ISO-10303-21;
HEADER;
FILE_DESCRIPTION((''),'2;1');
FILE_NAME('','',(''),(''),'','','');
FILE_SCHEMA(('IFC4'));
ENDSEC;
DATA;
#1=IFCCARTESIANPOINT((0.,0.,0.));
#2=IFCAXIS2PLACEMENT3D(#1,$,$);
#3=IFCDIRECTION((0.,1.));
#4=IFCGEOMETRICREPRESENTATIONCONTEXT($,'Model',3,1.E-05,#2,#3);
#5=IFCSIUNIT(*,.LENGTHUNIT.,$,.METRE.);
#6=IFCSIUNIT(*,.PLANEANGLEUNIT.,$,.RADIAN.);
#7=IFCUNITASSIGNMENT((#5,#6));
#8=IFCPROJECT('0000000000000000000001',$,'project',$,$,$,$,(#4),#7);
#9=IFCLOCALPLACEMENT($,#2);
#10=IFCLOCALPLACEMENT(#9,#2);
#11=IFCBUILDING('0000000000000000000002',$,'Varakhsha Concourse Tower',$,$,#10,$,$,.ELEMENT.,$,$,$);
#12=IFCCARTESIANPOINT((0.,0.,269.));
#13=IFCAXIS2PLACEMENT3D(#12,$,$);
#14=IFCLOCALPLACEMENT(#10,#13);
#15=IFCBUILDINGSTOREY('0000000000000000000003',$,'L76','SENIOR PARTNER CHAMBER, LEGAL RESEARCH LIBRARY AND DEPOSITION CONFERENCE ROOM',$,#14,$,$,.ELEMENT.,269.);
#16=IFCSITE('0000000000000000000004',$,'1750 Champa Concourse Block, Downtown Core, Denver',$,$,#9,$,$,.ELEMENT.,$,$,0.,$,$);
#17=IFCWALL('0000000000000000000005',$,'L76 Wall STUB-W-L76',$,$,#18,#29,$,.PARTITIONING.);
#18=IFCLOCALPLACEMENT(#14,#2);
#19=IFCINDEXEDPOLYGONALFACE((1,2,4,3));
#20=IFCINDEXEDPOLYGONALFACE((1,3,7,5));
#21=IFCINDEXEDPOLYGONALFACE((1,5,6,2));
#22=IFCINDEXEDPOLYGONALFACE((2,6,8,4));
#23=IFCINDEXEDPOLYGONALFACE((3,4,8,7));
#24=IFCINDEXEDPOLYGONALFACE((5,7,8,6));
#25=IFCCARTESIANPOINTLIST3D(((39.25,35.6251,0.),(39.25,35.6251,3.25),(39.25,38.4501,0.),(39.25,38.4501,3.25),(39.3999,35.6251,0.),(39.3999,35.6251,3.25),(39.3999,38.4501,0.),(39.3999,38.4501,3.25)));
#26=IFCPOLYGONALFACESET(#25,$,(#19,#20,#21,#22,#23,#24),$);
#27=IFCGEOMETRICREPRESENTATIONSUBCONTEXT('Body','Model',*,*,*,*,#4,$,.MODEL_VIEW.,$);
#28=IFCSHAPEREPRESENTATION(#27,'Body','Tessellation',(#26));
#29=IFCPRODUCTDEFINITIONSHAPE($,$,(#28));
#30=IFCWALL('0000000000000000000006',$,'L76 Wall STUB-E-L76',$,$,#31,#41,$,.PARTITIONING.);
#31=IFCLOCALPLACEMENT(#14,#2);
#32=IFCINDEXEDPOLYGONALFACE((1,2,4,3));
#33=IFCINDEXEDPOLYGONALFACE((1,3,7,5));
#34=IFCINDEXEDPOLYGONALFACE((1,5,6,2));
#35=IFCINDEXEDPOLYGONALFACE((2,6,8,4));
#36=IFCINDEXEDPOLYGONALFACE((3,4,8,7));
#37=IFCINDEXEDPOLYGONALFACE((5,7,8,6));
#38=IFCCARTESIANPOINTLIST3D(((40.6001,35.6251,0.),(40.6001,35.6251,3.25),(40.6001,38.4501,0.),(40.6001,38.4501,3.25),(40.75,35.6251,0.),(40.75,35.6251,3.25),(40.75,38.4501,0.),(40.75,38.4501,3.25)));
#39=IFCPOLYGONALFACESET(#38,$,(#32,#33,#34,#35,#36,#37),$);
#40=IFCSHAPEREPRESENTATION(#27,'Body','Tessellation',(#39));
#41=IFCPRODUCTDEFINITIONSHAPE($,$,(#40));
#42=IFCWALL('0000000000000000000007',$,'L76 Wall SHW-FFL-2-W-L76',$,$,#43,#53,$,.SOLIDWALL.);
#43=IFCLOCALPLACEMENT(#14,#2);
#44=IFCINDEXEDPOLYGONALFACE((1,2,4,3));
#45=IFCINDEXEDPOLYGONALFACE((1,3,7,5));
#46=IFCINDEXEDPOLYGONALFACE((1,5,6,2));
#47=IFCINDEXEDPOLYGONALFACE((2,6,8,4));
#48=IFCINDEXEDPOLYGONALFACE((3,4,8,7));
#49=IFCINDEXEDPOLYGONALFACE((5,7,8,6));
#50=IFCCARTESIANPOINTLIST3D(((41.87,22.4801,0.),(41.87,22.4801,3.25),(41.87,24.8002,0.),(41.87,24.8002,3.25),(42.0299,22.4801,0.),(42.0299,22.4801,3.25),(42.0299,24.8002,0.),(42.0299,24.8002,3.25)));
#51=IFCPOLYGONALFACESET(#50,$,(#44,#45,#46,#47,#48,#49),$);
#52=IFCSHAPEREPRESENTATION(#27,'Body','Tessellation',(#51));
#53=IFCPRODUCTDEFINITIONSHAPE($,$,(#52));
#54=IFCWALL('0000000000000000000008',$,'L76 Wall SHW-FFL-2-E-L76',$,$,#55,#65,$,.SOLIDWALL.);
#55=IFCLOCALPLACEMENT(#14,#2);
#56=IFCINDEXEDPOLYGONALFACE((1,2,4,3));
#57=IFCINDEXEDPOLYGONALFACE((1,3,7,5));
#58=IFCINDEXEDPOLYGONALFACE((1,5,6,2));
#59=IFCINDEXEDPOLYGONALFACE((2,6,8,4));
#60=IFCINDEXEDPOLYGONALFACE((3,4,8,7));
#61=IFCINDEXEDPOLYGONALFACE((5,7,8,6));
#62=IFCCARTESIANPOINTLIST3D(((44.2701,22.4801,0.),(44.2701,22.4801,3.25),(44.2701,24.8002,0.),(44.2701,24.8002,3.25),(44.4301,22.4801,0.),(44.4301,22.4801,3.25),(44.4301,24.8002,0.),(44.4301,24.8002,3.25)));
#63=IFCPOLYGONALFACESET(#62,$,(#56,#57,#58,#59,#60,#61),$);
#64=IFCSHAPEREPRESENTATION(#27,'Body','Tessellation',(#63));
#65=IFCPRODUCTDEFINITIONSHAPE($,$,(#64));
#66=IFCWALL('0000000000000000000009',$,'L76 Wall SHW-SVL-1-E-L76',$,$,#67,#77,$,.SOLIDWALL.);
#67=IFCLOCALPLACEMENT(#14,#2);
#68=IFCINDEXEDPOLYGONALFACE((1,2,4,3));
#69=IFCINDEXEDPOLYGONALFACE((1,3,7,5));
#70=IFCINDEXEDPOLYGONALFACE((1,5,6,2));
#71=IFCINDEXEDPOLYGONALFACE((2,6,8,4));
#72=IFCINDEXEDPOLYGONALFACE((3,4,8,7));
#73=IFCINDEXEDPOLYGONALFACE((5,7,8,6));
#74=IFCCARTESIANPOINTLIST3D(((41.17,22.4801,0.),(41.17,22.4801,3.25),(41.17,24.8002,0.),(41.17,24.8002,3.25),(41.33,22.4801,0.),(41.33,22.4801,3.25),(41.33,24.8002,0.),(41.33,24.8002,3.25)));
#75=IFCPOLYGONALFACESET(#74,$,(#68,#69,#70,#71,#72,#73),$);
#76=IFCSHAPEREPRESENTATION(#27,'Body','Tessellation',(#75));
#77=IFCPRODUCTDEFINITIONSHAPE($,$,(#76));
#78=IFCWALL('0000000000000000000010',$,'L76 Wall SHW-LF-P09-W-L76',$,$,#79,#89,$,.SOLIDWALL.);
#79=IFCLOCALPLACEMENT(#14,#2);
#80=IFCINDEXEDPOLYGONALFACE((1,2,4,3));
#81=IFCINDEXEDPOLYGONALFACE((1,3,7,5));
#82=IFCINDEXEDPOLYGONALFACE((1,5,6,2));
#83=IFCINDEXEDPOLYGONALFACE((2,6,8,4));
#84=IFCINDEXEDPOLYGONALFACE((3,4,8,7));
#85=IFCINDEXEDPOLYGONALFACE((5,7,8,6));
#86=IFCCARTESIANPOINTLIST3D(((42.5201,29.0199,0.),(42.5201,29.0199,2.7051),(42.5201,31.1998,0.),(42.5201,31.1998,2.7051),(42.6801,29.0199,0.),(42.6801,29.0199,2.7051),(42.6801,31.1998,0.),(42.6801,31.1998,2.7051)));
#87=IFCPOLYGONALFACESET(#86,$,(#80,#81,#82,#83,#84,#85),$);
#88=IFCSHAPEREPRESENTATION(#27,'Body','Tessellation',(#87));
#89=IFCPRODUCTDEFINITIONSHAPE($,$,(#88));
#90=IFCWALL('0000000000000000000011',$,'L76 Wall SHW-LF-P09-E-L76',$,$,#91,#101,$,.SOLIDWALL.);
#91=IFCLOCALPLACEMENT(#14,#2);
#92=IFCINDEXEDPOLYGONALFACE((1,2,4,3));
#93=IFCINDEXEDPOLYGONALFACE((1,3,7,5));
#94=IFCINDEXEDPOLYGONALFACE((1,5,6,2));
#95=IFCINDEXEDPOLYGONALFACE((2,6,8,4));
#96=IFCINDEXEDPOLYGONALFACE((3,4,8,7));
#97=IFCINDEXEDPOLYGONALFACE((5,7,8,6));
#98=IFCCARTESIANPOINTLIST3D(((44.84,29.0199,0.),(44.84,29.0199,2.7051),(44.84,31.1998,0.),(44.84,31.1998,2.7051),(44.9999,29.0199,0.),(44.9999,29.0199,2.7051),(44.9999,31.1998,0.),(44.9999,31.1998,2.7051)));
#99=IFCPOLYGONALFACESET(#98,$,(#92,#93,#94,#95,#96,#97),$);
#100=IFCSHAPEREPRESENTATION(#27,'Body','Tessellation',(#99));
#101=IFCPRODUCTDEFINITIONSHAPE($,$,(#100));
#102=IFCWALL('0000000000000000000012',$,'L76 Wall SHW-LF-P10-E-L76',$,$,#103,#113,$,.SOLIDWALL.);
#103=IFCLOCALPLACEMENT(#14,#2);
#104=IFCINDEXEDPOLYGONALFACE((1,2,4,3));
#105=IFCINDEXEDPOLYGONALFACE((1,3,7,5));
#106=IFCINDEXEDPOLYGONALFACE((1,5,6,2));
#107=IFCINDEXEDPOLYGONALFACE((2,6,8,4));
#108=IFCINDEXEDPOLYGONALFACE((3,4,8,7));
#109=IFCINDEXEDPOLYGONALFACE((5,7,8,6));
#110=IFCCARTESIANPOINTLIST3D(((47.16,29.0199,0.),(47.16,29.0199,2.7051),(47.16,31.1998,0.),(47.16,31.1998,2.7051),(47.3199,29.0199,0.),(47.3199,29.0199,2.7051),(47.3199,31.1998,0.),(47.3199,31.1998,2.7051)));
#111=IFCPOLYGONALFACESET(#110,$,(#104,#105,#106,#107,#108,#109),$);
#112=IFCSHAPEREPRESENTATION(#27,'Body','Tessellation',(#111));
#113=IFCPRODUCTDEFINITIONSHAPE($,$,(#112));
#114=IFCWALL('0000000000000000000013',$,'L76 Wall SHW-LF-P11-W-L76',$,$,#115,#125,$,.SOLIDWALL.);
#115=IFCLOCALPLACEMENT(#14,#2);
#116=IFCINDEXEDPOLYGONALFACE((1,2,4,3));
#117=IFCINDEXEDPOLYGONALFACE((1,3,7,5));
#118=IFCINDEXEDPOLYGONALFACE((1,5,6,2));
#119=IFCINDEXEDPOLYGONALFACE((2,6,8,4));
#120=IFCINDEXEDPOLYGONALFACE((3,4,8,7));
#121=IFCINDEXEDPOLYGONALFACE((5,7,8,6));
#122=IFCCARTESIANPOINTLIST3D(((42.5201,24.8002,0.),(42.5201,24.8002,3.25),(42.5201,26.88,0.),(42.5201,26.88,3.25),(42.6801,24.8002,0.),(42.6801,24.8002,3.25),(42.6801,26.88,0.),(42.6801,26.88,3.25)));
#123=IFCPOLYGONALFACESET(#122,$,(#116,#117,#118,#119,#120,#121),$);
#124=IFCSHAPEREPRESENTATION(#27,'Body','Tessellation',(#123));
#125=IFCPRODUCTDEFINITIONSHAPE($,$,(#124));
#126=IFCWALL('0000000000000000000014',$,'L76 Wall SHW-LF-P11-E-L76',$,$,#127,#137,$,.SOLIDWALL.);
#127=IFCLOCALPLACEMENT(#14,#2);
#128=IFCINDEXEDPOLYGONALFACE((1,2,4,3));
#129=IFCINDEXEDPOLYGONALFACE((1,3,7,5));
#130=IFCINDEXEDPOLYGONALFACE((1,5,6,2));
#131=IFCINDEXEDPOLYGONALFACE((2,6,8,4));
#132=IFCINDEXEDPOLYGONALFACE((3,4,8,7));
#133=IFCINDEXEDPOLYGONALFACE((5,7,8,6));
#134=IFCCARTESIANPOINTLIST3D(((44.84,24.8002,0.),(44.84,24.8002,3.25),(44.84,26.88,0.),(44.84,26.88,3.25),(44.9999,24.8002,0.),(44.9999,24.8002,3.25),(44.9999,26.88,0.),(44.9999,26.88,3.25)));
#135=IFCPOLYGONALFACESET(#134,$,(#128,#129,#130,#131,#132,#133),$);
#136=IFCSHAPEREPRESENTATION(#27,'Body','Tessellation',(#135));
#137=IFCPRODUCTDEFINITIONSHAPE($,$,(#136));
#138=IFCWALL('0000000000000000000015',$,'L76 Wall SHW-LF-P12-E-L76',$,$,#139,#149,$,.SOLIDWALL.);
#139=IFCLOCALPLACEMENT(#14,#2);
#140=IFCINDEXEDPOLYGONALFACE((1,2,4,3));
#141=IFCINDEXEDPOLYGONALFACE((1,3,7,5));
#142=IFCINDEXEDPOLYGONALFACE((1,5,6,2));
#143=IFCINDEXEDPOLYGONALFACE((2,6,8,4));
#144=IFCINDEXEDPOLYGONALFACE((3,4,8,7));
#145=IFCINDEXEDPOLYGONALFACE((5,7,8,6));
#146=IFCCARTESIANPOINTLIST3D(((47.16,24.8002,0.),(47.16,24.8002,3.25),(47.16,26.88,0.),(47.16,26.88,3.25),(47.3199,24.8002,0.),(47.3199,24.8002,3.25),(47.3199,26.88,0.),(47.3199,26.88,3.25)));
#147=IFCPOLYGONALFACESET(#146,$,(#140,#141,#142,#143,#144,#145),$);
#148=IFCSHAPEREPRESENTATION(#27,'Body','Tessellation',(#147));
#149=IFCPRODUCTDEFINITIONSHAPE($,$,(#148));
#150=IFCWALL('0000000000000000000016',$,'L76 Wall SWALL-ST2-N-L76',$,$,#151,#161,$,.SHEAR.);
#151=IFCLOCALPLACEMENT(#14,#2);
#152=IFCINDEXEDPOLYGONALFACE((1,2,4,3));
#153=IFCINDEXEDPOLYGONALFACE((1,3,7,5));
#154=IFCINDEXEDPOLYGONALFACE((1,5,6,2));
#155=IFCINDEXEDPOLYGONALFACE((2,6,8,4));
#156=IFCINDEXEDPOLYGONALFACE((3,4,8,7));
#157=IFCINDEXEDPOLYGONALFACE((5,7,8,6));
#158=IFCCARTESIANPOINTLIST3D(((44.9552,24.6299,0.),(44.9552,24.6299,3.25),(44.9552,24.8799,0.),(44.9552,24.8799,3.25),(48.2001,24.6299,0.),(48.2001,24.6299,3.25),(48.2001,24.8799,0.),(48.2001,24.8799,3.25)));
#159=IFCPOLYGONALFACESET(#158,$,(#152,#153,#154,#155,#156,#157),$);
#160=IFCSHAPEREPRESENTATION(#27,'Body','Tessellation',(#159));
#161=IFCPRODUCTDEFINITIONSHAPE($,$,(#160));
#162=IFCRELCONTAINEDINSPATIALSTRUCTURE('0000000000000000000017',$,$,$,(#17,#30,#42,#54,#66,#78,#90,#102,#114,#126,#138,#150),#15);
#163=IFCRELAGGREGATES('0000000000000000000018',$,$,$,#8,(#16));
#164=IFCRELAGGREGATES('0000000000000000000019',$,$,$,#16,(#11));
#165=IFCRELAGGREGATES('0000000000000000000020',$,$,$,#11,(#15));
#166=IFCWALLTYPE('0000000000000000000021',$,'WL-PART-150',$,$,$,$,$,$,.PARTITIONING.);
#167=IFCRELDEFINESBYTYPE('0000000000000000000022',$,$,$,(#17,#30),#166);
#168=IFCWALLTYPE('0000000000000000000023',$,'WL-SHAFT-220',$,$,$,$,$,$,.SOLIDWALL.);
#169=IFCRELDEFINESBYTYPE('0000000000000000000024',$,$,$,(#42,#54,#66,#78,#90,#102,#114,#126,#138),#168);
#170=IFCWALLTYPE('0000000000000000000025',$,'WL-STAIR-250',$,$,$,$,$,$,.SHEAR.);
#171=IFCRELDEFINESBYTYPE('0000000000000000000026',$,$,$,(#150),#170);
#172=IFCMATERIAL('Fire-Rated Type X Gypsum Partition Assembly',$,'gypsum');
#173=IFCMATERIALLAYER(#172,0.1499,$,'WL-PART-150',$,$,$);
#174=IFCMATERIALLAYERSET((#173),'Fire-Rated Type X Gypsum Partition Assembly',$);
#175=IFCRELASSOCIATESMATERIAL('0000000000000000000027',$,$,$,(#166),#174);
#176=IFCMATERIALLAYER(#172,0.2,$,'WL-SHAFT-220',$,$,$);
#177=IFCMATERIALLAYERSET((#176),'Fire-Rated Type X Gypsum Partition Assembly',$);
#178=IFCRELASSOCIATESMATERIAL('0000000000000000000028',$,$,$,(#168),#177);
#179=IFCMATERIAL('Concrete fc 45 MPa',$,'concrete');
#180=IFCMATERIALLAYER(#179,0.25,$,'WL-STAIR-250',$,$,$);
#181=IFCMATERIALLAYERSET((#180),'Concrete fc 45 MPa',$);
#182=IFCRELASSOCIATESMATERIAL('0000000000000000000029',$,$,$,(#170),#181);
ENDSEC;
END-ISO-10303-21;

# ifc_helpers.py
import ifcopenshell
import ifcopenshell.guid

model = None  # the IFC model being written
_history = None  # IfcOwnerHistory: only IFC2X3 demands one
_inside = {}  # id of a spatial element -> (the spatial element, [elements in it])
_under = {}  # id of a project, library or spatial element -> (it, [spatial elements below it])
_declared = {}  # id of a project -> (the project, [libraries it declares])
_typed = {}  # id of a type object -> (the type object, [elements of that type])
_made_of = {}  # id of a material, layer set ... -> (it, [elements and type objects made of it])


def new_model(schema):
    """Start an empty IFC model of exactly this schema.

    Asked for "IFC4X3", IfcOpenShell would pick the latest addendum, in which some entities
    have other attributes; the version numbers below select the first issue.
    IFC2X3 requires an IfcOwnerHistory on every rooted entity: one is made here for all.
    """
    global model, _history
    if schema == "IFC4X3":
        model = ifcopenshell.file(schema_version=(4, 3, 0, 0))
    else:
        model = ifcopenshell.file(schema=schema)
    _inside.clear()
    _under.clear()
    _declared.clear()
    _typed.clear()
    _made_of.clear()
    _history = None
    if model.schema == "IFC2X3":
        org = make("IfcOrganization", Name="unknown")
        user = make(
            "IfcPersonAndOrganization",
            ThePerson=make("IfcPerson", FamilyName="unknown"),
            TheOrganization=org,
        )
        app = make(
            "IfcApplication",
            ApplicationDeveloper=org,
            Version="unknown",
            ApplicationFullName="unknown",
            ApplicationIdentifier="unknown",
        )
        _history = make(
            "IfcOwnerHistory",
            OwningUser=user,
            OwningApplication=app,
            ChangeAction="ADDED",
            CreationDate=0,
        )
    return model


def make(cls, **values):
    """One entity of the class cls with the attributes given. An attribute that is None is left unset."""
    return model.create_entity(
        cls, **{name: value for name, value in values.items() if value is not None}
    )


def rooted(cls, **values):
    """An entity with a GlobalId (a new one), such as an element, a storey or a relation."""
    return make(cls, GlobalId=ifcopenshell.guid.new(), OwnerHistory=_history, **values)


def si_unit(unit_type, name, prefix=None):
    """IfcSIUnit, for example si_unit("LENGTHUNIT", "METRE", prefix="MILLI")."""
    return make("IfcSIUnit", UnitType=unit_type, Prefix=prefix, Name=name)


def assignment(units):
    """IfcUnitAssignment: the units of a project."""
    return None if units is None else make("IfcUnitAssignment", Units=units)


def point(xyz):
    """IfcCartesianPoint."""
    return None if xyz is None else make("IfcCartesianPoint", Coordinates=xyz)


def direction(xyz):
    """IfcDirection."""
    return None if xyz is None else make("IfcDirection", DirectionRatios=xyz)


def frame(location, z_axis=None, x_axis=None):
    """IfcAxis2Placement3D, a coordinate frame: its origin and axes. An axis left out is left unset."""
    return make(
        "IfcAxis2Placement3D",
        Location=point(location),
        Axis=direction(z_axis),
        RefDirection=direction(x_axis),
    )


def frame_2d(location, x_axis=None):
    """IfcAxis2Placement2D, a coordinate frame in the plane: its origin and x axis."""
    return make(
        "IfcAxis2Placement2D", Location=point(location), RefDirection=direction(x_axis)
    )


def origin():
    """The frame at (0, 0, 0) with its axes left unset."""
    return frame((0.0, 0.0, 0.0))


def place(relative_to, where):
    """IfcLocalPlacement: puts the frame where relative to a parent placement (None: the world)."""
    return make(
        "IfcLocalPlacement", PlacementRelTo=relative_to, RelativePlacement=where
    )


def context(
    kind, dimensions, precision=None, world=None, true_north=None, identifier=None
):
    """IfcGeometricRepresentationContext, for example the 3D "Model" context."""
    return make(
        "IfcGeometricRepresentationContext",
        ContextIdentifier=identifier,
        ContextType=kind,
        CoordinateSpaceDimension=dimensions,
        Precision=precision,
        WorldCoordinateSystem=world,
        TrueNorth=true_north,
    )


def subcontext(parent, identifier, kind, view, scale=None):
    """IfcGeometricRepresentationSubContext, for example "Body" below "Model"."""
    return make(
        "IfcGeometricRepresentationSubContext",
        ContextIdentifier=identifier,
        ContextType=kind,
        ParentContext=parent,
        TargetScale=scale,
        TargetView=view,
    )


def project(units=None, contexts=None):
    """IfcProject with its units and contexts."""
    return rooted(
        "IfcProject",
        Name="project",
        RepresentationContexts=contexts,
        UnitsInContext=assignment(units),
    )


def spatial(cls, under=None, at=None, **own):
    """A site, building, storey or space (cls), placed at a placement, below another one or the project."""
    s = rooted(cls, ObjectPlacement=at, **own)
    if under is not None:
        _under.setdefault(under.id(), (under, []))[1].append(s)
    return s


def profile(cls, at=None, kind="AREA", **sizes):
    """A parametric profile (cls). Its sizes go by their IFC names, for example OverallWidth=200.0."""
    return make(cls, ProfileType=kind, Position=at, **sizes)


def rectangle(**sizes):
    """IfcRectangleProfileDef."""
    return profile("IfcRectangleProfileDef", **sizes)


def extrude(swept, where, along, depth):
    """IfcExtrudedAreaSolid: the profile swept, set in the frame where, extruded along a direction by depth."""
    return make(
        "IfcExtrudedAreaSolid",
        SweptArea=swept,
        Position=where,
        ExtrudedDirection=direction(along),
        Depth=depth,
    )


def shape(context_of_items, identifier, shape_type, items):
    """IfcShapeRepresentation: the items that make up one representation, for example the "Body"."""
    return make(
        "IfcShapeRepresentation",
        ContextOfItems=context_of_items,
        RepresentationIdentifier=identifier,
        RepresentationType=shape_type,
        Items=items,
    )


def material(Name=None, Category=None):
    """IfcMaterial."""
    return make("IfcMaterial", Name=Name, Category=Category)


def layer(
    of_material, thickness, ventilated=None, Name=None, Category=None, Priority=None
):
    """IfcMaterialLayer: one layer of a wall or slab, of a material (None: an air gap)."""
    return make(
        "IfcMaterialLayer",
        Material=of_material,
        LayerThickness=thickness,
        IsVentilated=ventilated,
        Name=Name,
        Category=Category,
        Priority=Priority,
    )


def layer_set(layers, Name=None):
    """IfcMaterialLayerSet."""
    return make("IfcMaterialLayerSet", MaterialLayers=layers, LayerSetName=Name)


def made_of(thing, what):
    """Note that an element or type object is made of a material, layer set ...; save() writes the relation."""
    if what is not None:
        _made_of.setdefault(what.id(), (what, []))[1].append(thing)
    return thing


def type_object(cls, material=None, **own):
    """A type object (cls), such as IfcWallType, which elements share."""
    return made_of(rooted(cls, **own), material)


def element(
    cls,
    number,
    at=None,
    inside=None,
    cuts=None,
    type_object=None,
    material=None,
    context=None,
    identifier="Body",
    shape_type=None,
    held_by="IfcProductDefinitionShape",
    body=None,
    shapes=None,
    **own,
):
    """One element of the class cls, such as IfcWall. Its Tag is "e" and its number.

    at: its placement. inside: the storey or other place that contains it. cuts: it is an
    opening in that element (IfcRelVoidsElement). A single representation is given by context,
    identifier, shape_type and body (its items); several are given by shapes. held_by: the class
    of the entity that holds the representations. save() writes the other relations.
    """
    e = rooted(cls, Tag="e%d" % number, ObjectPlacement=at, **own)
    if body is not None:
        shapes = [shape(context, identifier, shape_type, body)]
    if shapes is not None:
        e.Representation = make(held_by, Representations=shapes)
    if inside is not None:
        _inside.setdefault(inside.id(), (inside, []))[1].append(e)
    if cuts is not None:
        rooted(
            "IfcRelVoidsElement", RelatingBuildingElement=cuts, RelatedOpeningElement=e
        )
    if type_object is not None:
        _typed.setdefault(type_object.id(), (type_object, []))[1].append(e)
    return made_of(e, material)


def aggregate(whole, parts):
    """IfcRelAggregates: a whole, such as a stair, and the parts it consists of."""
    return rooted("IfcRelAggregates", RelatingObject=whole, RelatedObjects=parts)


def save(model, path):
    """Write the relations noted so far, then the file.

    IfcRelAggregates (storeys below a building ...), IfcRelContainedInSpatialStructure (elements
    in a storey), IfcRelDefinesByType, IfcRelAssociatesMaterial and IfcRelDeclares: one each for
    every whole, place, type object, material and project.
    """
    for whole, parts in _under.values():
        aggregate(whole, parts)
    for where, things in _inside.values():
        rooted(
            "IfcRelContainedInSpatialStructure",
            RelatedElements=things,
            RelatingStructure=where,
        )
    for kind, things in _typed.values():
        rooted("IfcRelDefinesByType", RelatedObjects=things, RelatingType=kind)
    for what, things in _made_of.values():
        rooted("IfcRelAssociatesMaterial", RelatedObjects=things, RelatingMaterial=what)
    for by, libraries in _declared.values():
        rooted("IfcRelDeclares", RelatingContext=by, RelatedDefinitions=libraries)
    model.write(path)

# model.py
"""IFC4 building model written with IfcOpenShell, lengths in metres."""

from ifc_helpers import new_model, si_unit, direction, frame, frame_2d, origin, place, context, subcontext, project, spatial, rectangle, extrude, material, layer, layer_set, type_object, element, save


model = new_model("IFC4")

# Units and contexts
model_context = context("Model", 3, precision=1e-05, world=origin(), true_north=direction((0.0, 1.0)))
body_context = subcontext(model_context, "Body", "Model", "MODEL_VIEW")
ifc_project = project(units=[si_unit("LENGTHUNIT", "METRE"), si_unit("PLANEANGLEUNIT", "RADIAN")], contexts=[model_context])

# Site, building, storey
site_placement = place(None, origin())
site = spatial("IfcSite", under=ifc_project, at=site_placement, Name="1750 Champa Concourse Block, Downtown Core, Denver", CompositionType="ELEMENT", RefElevation=0.0)
building_placement = place(site_placement, origin())
building = spatial("IfcBuilding", under=site, at=building_placement, Name="Varakhsha Concourse Tower", CompositionType="ELEMENT")
storey_placement = place(building_placement, frame((0.0, 0.0, 269.0)))
storey = spatial("IfcBuildingStorey", under=building, at=storey_placement, Name="L76", Description="SENIOR PARTNER CHAMBER, LEGAL RESEARCH LIBRARY AND DEPOSITION CONFERENCE ROOM", CompositionType="ELEMENT", Elevation=269.0)

# Shared definitions
ifc_material_1 = material(Name="Fire-Rated Type X Gypsum Partition Assembly", Category="gypsum")
ifc_layer_1 = layer(ifc_material_1, 0.1499, Name="WL-PART-150")
ifc_layer_set_1 = layer_set([ifc_layer_1], Name="Fire-Rated Type X Gypsum Partition Assembly")
wall_type_1 = type_object("IfcWallType", Name="WL-PART-150", PredefinedType="PARTITIONING", material=ifc_layer_set_1)

# Walls
for number, where, z_axis, x_axis, name in (
    (1, (39.325, 35.625, 0.0), (0.0, 0.0, 1.0), (0.0, 1.0, 0.0), "L76 Wall STUB-W-L76"),
    (2, (40.675, 35.625, 0.0), (0.0, 0.0, 1.0), (0.0, 1.0, 0.0), "L76 Wall STUB-E-L76"),
):
    element("IfcWall", number, at=place(storey_placement, frame(where, z_axis=z_axis, x_axis=x_axis)), inside=storey, type_object=wall_type_1, Name=name, PredefinedType="PARTITIONING", context=body_context, shape_type="SweptSolid", body=[
        extrude(rectangle(XDim=2.825, YDim=0.1499, at=frame_2d((1.4126, 0.0))), origin(), (0.0, 0.0, 1.0), 3.25),
    ])
ifc_layer_2 = layer(ifc_material_1, 0.2, Name="WL-SHAFT-220")
ifc_layer_set_2 = layer_set([ifc_layer_2], Name="Fire-Rated Type X Gypsum Partition Assembly")
wall_type_2 = type_object("IfcWallType", Name="WL-SHAFT-220", PredefinedType="SOLIDWALL", material=ifc_layer_set_2)
for number, where, z_axis, x_axis, name in (
    (3, (41.95, 22.48, 0.0), (0.0, 0.0, 1.0), (0.0, 1.0, 0.0), "L76 Wall SHW-FFL-2-W-L76"),
    (4, (44.3501, 22.48, 0.0), (0.0, 0.0, 1.0), (0.0, 1.0, 0.0), "L76 Wall SHW-FFL-2-E-L76"),
    (5, (41.25, 22.48, 0.0), (0.0, 0.0, 1.0), (0.0, 1.0, 0.0), "L76 Wall SHW-SVL-1-E-L76"),
):
    element("IfcWall", number, at=place(storey_placement, frame(where, z_axis=z_axis, x_axis=x_axis)), inside=storey, type_object=wall_type_2, Name=name, PredefinedType="SOLIDWALL", context=body_context, shape_type="SweptSolid", body=[
        extrude(rectangle(XDim=2.3201, YDim=0.1599, at=frame_2d((1.1602, 0.0))), origin(), (0.0, 0.0, 1.0), 3.25),
    ])
for number, where, z_axis, x_axis, name in (
    (6, (42.6001, 29.02, 0.0), (0.0, 0.0, 1.0), (0.0, 1.0, 0.0), "L76 Wall SHW-LF-P09-W-L76"),
    (7, (44.9199, 29.02, 0.0), (0.0, 0.0, 1.0), (0.0, 1.0, 0.0), "L76 Wall SHW-LF-P09-E-L76"),
    (8, (47.24, 29.02, 0.0), (0.0, 0.0, 1.0), (0.0, 1.0, 0.0), "L76 Wall SHW-LF-P10-E-L76"),
):
    element("IfcWall", number, at=place(storey_placement, frame(where, z_axis=z_axis, x_axis=x_axis)), inside=storey, type_object=wall_type_2, Name=name, PredefinedType="SOLIDWALL", context=body_context, shape_type="SweptSolid", body=[
        extrude(rectangle(XDim=2.1799, YDim=0.1599, at=frame_2d((1.0898, 0.0))), origin(), (0.0, 0.0, 1.0), 2.7051),
    ])
for number, where, z_axis, x_axis, name in (
    (9, (42.6001, 24.8, 0.0), (0.0, 0.0, 1.0), (0.0, 1.0, 0.0), "L76 Wall SHW-LF-P11-W-L76"),
    (10, (44.9199, 24.8, 0.0), (0.0, 0.0, 1.0), (0.0, 1.0, 0.0), "L76 Wall SHW-LF-P11-E-L76"),
    (11, (47.24, 24.8, 0.0), (0.0, 0.0, 1.0), (0.0, 1.0, 0.0), "L76 Wall SHW-LF-P12-E-L76"),
):
    element("IfcWall", number, at=place(storey_placement, frame(where, z_axis=z_axis, x_axis=x_axis)), inside=storey, type_object=wall_type_2, Name=name, PredefinedType="SOLIDWALL", context=body_context, shape_type="SweptSolid", body=[
        extrude(rectangle(XDim=2.0798, YDim=0.1599, at=frame_2d((1.04, 0.0))), origin(), (0.0, 0.0, 1.0), 3.25),
    ])
ifc_material_2 = material(Name="Concrete fc 45 MPa", Category="concrete")
ifc_layer_3 = layer(ifc_material_2, 0.25, Name="WL-STAIR-250")
ifc_layer_set_3 = layer_set([ifc_layer_3], Name="Concrete fc 45 MPa")
wall_type_3 = type_object("IfcWallType", Name="WL-STAIR-250", PredefinedType="SHEAR", material=ifc_layer_set_3)
wall_1_placement = place(storey_placement, frame((44.9551, 24.7549, 0.0), z_axis=(0.0, 0.0, 1.0), x_axis=(1.0, 0.0, 0.0)))
element("IfcWall", 12, at=wall_1_placement, inside=storey, type_object=wall_type_3, Name="L76 Wall SWALL-ST2-N-L76", PredefinedType="SHEAR", context=body_context, shape_type="SweptSolid", body=[
    extrude(rectangle(XDim=3.2449, YDim=0.25, at=frame_2d((1.6226, 0.0))), origin(), (0.0, 0.0, 1.0), 3.25),
])

save(model, "model.ifc")
